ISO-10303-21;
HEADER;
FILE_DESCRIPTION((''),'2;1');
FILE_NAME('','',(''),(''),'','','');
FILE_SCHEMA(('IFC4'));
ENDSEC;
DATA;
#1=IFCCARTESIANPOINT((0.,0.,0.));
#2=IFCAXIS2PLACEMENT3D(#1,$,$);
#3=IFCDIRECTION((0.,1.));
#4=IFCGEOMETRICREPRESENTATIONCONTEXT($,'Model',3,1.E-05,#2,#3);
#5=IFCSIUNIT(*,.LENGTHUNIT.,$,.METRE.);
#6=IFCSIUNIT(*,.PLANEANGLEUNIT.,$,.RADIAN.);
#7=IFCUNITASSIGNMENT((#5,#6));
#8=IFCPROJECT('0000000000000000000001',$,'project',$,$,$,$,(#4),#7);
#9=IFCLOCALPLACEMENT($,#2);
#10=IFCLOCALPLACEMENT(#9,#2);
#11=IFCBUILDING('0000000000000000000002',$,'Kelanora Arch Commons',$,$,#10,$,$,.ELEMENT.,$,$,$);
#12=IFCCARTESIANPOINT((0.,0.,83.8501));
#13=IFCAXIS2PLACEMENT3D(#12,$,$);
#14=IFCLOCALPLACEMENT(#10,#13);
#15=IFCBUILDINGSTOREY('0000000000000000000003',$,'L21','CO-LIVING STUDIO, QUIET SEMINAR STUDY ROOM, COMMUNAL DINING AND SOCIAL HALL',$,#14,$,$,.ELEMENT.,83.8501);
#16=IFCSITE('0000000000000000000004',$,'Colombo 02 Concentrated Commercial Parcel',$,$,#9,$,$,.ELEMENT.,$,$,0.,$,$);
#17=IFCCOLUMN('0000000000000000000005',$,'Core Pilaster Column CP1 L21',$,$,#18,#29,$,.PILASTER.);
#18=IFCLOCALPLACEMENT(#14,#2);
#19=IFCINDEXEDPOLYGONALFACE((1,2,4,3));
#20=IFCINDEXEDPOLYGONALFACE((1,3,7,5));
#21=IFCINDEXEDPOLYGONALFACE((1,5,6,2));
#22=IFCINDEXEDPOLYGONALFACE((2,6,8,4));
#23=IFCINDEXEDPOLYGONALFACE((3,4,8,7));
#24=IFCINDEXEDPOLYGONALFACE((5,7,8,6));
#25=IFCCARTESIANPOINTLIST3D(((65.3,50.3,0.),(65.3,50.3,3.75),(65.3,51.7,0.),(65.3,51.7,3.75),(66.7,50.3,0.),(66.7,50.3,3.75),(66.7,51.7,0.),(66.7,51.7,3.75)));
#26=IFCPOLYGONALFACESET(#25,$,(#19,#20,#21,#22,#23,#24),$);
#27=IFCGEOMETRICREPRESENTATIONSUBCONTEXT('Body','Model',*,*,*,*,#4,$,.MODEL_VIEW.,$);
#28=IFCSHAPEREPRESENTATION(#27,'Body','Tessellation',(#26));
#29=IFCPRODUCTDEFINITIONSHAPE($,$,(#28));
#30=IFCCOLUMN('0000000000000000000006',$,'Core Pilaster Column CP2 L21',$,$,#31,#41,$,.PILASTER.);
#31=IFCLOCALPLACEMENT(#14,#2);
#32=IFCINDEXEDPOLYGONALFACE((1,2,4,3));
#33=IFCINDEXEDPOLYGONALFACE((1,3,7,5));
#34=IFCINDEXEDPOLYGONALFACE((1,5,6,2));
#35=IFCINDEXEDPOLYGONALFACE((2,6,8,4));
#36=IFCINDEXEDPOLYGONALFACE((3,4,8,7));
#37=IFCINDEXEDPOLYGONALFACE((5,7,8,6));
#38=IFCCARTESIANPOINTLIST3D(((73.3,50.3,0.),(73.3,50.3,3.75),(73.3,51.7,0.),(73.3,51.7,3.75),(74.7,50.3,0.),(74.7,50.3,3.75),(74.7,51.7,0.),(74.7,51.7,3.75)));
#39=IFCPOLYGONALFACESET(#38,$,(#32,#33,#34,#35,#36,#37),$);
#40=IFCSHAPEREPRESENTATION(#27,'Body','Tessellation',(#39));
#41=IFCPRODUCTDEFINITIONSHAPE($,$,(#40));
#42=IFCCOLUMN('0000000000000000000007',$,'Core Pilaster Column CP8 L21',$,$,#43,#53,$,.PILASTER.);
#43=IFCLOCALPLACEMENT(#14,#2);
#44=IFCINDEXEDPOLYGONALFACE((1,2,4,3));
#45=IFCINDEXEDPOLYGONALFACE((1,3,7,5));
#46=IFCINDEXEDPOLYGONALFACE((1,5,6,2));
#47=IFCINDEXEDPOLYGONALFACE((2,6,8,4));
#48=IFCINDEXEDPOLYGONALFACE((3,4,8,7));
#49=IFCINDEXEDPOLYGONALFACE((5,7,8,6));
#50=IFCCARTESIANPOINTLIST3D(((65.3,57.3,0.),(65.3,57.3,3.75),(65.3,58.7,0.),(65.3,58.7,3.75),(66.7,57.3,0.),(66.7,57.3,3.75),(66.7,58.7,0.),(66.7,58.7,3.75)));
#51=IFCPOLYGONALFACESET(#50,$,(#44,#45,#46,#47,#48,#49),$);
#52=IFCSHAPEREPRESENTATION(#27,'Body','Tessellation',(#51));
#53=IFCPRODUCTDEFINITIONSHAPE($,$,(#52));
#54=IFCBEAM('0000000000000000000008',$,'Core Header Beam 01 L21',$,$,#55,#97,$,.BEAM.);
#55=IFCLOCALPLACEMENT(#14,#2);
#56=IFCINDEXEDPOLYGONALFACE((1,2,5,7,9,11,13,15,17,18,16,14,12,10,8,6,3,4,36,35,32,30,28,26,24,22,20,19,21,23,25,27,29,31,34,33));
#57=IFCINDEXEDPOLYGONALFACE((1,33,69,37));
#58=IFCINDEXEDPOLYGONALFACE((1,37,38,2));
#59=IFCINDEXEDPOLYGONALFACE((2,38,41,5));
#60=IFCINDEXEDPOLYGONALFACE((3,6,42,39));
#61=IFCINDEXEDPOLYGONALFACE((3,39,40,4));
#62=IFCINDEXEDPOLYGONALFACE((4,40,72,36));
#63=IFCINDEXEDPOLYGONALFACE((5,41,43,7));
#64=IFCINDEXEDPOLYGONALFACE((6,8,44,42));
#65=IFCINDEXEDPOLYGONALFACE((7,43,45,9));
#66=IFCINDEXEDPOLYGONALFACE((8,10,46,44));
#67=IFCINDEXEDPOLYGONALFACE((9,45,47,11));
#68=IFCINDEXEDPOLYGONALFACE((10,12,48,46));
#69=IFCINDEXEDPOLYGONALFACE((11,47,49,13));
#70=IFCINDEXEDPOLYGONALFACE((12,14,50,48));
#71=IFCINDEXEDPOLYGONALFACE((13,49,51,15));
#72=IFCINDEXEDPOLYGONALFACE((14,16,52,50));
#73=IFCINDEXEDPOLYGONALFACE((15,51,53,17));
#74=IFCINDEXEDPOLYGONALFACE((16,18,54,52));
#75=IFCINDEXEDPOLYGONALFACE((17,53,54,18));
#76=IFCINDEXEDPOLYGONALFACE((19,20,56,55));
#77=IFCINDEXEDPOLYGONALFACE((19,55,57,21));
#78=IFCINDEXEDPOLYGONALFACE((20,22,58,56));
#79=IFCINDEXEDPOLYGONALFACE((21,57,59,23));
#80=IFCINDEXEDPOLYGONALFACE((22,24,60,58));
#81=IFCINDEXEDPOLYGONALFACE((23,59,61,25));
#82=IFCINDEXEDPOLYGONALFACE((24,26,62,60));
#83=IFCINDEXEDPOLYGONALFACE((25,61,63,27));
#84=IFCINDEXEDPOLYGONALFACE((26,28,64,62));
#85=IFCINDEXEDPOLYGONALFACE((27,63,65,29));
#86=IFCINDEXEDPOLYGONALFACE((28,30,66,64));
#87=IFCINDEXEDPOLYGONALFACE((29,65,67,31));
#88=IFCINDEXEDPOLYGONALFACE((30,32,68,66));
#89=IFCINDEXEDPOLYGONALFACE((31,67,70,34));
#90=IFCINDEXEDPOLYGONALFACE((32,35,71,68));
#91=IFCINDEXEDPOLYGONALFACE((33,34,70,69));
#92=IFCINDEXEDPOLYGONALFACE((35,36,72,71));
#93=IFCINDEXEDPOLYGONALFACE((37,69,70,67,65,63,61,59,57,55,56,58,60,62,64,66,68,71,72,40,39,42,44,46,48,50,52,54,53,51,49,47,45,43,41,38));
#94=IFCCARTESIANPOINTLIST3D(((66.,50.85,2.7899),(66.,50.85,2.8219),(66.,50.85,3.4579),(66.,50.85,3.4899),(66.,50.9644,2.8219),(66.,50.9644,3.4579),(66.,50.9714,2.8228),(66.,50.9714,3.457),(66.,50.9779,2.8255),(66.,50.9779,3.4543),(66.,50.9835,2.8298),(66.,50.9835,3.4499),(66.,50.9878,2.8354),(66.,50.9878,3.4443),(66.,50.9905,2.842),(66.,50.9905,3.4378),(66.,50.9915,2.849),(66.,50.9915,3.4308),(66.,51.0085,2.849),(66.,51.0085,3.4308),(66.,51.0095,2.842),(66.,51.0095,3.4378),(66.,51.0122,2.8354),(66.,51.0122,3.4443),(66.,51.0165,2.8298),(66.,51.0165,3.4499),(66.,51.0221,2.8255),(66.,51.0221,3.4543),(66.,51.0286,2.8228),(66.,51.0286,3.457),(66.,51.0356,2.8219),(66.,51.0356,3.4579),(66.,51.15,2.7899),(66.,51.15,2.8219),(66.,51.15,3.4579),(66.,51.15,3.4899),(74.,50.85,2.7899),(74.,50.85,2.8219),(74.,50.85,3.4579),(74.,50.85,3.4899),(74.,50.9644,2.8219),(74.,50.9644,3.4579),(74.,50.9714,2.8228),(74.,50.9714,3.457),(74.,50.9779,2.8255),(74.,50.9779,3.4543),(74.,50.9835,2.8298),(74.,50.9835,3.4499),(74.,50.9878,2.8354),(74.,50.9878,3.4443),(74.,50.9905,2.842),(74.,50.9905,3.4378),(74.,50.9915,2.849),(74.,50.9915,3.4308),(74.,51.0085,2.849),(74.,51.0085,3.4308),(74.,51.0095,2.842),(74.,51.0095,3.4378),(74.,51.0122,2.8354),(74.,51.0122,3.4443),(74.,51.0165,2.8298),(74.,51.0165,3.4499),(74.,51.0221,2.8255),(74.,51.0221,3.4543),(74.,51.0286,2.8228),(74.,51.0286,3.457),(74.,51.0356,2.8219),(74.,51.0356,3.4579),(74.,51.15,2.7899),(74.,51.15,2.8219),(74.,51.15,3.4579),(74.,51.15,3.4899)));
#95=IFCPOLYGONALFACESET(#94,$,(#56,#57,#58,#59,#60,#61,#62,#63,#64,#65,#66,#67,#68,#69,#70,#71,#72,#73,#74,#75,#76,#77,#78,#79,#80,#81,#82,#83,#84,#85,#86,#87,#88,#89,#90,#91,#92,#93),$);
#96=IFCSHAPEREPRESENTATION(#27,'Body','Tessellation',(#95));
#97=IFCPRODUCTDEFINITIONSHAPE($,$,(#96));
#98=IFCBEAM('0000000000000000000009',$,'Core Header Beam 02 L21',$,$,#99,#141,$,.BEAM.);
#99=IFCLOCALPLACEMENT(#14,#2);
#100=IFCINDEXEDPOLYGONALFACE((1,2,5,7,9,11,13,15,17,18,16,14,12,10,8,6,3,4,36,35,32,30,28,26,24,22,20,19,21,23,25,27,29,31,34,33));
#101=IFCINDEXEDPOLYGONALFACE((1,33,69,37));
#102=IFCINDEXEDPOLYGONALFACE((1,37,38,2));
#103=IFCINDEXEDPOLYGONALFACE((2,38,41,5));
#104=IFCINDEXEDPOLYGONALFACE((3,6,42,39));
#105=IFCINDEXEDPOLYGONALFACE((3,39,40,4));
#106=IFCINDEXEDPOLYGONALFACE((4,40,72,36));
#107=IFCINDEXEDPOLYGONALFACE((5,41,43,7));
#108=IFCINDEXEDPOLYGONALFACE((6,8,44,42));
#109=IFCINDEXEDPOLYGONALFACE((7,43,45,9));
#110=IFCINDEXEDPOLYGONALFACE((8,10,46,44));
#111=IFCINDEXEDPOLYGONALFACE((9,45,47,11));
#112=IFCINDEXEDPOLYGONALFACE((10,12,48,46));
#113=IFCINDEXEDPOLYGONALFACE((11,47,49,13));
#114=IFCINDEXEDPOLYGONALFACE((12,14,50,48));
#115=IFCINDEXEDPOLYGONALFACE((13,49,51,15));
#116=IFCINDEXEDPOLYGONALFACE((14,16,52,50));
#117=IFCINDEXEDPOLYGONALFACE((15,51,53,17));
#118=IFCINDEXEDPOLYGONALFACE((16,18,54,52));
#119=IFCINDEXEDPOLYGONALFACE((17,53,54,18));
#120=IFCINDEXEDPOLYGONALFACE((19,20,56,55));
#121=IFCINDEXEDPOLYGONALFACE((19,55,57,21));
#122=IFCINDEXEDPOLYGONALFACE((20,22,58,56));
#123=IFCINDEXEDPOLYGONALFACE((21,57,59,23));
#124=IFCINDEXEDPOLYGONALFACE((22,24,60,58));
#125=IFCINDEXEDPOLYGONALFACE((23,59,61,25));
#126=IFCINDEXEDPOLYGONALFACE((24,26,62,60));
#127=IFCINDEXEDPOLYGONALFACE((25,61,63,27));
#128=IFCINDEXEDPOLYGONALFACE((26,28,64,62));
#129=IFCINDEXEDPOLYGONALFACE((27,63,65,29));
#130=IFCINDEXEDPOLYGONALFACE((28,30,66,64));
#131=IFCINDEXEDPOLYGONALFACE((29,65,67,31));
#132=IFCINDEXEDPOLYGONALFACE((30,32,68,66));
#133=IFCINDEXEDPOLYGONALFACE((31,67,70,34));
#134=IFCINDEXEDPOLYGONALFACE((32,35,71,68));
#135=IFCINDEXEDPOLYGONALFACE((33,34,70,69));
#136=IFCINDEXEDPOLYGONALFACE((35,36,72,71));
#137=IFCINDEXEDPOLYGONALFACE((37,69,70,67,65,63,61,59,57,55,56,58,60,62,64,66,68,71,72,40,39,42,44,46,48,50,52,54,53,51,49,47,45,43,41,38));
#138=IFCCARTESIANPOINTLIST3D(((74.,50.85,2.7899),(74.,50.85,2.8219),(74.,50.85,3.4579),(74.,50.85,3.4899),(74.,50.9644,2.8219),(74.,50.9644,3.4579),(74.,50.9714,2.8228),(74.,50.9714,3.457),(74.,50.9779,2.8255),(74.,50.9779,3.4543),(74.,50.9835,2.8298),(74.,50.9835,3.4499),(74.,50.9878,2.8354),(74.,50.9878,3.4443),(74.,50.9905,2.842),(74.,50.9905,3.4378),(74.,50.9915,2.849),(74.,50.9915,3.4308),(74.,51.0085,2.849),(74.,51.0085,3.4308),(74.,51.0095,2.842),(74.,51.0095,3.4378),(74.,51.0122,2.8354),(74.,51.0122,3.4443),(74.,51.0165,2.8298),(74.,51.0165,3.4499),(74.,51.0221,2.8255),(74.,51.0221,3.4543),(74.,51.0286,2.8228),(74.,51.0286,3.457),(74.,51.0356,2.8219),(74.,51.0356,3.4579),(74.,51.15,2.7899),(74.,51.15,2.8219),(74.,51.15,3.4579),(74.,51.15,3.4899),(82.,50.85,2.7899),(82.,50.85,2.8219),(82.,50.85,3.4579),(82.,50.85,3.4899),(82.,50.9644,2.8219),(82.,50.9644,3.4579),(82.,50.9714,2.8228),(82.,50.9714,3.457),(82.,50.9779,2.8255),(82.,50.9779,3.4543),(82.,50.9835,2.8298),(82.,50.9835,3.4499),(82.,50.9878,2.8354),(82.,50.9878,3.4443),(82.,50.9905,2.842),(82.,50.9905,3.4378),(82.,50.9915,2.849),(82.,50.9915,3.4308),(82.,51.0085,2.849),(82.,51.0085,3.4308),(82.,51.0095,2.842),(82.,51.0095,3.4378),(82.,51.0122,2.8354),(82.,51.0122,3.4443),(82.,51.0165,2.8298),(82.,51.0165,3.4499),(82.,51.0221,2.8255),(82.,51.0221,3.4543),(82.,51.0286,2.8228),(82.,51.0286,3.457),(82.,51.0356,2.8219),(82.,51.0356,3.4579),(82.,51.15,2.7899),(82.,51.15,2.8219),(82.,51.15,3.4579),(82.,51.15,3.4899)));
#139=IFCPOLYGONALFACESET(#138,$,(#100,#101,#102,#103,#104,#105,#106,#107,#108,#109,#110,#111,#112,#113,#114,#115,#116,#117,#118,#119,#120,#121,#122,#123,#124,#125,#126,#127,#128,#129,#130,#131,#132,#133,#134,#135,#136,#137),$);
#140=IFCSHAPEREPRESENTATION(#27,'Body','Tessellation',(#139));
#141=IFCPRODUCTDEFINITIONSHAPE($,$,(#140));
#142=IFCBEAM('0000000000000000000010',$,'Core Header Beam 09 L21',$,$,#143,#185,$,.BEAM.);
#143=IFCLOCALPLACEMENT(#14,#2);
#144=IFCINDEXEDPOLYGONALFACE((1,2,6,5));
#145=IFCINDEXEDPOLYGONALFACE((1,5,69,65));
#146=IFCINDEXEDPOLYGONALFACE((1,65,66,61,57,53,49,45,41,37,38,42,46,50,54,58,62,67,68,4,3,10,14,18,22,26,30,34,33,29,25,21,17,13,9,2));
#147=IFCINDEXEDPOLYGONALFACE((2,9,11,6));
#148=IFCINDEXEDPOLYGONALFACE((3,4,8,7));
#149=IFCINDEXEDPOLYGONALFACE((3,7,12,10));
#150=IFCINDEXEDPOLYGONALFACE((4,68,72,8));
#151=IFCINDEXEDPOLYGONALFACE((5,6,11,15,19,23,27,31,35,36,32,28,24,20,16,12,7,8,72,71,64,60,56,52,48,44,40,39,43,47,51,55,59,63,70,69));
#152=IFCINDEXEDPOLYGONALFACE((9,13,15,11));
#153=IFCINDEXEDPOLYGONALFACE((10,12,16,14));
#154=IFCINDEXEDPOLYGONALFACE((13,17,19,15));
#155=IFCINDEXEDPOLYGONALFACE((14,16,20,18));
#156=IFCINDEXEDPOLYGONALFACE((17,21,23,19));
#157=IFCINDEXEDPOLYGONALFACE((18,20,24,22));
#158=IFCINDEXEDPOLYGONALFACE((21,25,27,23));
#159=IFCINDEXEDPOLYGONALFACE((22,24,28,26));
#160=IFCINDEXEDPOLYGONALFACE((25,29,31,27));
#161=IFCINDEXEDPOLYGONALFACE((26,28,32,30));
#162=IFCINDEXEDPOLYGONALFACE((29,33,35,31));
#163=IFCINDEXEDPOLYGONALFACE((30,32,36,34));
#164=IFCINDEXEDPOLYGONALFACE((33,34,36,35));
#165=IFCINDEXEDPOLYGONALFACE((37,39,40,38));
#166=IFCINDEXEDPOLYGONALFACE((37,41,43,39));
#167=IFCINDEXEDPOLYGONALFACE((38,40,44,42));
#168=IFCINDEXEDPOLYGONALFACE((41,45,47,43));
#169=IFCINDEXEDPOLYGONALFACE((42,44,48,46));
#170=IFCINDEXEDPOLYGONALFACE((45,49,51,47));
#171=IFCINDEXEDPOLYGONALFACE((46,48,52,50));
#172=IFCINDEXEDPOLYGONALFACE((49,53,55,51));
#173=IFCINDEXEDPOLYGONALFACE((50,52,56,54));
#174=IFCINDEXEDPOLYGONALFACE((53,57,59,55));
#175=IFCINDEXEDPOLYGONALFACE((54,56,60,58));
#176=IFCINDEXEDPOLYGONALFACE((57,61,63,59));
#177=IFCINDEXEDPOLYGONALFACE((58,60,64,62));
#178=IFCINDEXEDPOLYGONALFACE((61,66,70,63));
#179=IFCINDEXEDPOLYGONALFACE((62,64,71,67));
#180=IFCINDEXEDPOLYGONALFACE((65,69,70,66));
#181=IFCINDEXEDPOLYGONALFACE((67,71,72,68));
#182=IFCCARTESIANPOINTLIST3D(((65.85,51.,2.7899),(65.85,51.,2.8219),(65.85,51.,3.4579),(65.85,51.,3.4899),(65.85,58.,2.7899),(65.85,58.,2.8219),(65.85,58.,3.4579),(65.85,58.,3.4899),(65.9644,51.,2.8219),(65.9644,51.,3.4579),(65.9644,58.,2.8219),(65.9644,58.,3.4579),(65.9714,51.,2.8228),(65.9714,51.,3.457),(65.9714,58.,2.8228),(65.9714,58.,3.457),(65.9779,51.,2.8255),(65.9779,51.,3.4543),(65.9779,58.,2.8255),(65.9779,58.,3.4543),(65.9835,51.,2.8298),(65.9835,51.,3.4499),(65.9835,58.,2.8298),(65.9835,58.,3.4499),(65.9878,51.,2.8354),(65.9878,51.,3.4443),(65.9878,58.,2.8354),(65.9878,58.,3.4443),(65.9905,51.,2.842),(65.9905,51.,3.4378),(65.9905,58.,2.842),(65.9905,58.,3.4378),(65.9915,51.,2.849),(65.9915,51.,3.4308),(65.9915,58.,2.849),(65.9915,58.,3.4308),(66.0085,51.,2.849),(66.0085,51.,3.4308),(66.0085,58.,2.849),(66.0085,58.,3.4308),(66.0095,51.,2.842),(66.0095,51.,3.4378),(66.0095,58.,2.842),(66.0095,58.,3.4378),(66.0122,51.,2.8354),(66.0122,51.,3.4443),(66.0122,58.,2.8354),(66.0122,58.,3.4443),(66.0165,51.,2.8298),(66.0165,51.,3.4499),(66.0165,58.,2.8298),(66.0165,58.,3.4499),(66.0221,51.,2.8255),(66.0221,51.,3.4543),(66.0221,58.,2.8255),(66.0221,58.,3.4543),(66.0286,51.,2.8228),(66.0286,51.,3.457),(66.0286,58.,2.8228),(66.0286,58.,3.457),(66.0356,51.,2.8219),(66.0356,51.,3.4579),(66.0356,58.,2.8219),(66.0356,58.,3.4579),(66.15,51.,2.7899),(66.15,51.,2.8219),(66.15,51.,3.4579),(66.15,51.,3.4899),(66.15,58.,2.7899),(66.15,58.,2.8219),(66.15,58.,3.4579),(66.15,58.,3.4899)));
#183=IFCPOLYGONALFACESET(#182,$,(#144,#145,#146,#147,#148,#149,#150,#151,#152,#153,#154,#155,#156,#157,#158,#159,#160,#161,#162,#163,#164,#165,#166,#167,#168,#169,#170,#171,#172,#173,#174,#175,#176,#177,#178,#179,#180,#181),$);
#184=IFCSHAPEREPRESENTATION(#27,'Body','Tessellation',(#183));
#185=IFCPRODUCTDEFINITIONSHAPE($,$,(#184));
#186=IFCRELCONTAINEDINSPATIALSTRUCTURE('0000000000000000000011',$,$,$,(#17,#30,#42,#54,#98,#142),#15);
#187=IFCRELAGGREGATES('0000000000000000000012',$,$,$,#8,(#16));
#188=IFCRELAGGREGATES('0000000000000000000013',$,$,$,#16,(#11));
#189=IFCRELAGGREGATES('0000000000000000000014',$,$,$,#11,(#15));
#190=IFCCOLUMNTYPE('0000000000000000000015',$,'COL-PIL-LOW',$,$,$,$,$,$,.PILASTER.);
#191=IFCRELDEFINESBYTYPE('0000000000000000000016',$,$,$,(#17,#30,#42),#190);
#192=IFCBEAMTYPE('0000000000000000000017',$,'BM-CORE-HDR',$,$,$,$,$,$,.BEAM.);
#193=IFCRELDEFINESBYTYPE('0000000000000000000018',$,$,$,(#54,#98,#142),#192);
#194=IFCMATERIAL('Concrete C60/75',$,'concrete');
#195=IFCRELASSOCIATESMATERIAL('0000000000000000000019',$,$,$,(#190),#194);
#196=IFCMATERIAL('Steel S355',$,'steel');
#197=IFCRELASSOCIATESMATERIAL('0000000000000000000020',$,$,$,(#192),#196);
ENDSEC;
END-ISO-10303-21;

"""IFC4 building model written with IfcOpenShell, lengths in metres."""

from ifc_helpers import new_model, si_unit, direction, frame, origin, origin_2d, place, context, subcontext, project, spatial, rectangle, i_section, extrude, material, material_profile, profile_set, type_object, element, save


model = new_model("IFC4")

# Units and contexts
model_context = context("Model", 3, precision=1e-05, world=origin(), true_north=direction((0.0, 1.0)))
body_context = subcontext(model_context, "Body", "Model", "MODEL_VIEW")
ifc_project = project(units=[si_unit("LENGTHUNIT", "METRE"), si_unit("PLANEANGLEUNIT", "RADIAN")], contexts=[model_context])

# Site, building, storey
site_placement = place(None, origin())
site = spatial("IfcSite", under=ifc_project, at=site_placement, Name="Colombo 02 Concentrated Commercial Parcel", CompositionType="ELEMENT", RefElevation=0.0)
building_placement = place(site_placement, origin())
building = spatial("IfcBuilding", under=site, at=building_placement, Name="Kelanora Arch Commons", CompositionType="ELEMENT")
storey_placement = place(building_placement, frame((0.0, 0.0, 83.8501)))
storey = spatial("IfcBuildingStorey", under=building, at=storey_placement, Name="L21", Description="CO-LIVING STUDIO, QUIET SEMINAR STUDY ROOM, COMMUNAL DINING AND SOCIAL HALL", CompositionType="ELEMENT", Elevation=83.8501)

# Columns
ifc_material_1 = material(Name="Concrete C60/75", Category="concrete")
ifc_material_profile_1 = material_profile(ifc_material_1, rectangle(XDim=1.3999, YDim=1.3999, at=origin_2d()), Name="RC1400x1400")
ifc_profile_set_1 = profile_set([ifc_material_profile_1], Name="Concrete C60/75")
column_type = type_object("IfcColumnType", Name="COL-PIL-LOW", PredefinedType="PILASTER", material=ifc_profile_set_1)
for number, where, z_axis, x_axis, name in (
    (1, (66.0, 51.0, 0.0), (0.0, 0.0, 1.0), (1.0, 0.0, 0.0), "Core Pilaster Column CP1 L21"),
    (2, (74.0, 51.0, 0.0), (0.0, 0.0, 1.0), (1.0, 0.0, 0.0), "Core Pilaster Column CP2 L21"),
    (3, (66.0, 58.0, 0.0), (0.0, 0.0, 1.0), (1.0, 0.0, 0.0), "Core Pilaster Column CP8 L21"),
):
    element("IfcColumn", number, at=place(storey_placement, frame(where, z_axis=z_axis, x_axis=x_axis)), inside=storey, type_object=column_type, Name=name, PredefinedType="PILASTER", context=body_context, shape_type="SweptSolid", body=[
        extrude(rectangle(XDim=1.3999, YDim=1.3999, at=origin_2d()), origin(), (0.0, 0.0, 1.0), 3.75),
    ])

# Beams
ifc_material_2 = material(Name="Steel S355", Category="steel")
ifc_material_profile_2 = material_profile(ifc_material_2, i_section(OverallWidth=0.3, OverallDepth=0.7, WebThickness=0.0171, FlangeThickness=0.032, FilletRadius=0.0271, at=origin_2d()), Name="HEB700")
ifc_profile_set_2 = profile_set([ifc_material_profile_2], Name="Steel S355")
beam_type_1 = type_object("IfcBeamType", Name="BM-CORE-HDR", PredefinedType="BEAM", material=ifc_profile_set_2)
for number, where, z_axis, x_axis, name in (
    (4, (66.0, 51.0, 3.1399), (1.0, 0.0, 0.0), (0.0, 1.0, 0.0), "Core Header Beam 01 L21"),
    (5, (74.0, 51.0, 3.1399), (1.0, 0.0, 0.0), (0.0, 1.0, 0.0), "Core Header Beam 02 L21"),
):
    element("IfcBeam", number, at=place(storey_placement, frame(where, z_axis=z_axis, x_axis=x_axis)), inside=storey, type_object=beam_type_1, Name=name, PredefinedType="BEAM", context=body_context, shape_type="SweptSolid", body=[
        extrude(i_section(OverallWidth=0.3, OverallDepth=0.7, WebThickness=0.0171, FlangeThickness=0.032, FilletRadius=0.0271, at=origin_2d()), origin(), (0.0, 0.0, 1.0), 8.0),
    ])
beam_1_placement = place(storey_placement, frame((66.0, 58.0, 3.1399), z_axis=(0.0, -1.0, 0.0), x_axis=(1.0, 0.0, 0.0)))
element("IfcBeam", 6, at=beam_1_placement, inside=storey, type_object=beam_type_1, Name="Core Header Beam 09 L21", PredefinedType="BEAM", context=body_context, shape_type="SweptSolid", body=[
    extrude(i_section(OverallWidth=0.3, OverallDepth=0.7, WebThickness=0.0171, FlangeThickness=0.032, FilletRadius=0.0271, at=origin_2d()), origin(), (0.0, 0.0, 1.0), 7.0),
])

save(model, "model.ifc")
